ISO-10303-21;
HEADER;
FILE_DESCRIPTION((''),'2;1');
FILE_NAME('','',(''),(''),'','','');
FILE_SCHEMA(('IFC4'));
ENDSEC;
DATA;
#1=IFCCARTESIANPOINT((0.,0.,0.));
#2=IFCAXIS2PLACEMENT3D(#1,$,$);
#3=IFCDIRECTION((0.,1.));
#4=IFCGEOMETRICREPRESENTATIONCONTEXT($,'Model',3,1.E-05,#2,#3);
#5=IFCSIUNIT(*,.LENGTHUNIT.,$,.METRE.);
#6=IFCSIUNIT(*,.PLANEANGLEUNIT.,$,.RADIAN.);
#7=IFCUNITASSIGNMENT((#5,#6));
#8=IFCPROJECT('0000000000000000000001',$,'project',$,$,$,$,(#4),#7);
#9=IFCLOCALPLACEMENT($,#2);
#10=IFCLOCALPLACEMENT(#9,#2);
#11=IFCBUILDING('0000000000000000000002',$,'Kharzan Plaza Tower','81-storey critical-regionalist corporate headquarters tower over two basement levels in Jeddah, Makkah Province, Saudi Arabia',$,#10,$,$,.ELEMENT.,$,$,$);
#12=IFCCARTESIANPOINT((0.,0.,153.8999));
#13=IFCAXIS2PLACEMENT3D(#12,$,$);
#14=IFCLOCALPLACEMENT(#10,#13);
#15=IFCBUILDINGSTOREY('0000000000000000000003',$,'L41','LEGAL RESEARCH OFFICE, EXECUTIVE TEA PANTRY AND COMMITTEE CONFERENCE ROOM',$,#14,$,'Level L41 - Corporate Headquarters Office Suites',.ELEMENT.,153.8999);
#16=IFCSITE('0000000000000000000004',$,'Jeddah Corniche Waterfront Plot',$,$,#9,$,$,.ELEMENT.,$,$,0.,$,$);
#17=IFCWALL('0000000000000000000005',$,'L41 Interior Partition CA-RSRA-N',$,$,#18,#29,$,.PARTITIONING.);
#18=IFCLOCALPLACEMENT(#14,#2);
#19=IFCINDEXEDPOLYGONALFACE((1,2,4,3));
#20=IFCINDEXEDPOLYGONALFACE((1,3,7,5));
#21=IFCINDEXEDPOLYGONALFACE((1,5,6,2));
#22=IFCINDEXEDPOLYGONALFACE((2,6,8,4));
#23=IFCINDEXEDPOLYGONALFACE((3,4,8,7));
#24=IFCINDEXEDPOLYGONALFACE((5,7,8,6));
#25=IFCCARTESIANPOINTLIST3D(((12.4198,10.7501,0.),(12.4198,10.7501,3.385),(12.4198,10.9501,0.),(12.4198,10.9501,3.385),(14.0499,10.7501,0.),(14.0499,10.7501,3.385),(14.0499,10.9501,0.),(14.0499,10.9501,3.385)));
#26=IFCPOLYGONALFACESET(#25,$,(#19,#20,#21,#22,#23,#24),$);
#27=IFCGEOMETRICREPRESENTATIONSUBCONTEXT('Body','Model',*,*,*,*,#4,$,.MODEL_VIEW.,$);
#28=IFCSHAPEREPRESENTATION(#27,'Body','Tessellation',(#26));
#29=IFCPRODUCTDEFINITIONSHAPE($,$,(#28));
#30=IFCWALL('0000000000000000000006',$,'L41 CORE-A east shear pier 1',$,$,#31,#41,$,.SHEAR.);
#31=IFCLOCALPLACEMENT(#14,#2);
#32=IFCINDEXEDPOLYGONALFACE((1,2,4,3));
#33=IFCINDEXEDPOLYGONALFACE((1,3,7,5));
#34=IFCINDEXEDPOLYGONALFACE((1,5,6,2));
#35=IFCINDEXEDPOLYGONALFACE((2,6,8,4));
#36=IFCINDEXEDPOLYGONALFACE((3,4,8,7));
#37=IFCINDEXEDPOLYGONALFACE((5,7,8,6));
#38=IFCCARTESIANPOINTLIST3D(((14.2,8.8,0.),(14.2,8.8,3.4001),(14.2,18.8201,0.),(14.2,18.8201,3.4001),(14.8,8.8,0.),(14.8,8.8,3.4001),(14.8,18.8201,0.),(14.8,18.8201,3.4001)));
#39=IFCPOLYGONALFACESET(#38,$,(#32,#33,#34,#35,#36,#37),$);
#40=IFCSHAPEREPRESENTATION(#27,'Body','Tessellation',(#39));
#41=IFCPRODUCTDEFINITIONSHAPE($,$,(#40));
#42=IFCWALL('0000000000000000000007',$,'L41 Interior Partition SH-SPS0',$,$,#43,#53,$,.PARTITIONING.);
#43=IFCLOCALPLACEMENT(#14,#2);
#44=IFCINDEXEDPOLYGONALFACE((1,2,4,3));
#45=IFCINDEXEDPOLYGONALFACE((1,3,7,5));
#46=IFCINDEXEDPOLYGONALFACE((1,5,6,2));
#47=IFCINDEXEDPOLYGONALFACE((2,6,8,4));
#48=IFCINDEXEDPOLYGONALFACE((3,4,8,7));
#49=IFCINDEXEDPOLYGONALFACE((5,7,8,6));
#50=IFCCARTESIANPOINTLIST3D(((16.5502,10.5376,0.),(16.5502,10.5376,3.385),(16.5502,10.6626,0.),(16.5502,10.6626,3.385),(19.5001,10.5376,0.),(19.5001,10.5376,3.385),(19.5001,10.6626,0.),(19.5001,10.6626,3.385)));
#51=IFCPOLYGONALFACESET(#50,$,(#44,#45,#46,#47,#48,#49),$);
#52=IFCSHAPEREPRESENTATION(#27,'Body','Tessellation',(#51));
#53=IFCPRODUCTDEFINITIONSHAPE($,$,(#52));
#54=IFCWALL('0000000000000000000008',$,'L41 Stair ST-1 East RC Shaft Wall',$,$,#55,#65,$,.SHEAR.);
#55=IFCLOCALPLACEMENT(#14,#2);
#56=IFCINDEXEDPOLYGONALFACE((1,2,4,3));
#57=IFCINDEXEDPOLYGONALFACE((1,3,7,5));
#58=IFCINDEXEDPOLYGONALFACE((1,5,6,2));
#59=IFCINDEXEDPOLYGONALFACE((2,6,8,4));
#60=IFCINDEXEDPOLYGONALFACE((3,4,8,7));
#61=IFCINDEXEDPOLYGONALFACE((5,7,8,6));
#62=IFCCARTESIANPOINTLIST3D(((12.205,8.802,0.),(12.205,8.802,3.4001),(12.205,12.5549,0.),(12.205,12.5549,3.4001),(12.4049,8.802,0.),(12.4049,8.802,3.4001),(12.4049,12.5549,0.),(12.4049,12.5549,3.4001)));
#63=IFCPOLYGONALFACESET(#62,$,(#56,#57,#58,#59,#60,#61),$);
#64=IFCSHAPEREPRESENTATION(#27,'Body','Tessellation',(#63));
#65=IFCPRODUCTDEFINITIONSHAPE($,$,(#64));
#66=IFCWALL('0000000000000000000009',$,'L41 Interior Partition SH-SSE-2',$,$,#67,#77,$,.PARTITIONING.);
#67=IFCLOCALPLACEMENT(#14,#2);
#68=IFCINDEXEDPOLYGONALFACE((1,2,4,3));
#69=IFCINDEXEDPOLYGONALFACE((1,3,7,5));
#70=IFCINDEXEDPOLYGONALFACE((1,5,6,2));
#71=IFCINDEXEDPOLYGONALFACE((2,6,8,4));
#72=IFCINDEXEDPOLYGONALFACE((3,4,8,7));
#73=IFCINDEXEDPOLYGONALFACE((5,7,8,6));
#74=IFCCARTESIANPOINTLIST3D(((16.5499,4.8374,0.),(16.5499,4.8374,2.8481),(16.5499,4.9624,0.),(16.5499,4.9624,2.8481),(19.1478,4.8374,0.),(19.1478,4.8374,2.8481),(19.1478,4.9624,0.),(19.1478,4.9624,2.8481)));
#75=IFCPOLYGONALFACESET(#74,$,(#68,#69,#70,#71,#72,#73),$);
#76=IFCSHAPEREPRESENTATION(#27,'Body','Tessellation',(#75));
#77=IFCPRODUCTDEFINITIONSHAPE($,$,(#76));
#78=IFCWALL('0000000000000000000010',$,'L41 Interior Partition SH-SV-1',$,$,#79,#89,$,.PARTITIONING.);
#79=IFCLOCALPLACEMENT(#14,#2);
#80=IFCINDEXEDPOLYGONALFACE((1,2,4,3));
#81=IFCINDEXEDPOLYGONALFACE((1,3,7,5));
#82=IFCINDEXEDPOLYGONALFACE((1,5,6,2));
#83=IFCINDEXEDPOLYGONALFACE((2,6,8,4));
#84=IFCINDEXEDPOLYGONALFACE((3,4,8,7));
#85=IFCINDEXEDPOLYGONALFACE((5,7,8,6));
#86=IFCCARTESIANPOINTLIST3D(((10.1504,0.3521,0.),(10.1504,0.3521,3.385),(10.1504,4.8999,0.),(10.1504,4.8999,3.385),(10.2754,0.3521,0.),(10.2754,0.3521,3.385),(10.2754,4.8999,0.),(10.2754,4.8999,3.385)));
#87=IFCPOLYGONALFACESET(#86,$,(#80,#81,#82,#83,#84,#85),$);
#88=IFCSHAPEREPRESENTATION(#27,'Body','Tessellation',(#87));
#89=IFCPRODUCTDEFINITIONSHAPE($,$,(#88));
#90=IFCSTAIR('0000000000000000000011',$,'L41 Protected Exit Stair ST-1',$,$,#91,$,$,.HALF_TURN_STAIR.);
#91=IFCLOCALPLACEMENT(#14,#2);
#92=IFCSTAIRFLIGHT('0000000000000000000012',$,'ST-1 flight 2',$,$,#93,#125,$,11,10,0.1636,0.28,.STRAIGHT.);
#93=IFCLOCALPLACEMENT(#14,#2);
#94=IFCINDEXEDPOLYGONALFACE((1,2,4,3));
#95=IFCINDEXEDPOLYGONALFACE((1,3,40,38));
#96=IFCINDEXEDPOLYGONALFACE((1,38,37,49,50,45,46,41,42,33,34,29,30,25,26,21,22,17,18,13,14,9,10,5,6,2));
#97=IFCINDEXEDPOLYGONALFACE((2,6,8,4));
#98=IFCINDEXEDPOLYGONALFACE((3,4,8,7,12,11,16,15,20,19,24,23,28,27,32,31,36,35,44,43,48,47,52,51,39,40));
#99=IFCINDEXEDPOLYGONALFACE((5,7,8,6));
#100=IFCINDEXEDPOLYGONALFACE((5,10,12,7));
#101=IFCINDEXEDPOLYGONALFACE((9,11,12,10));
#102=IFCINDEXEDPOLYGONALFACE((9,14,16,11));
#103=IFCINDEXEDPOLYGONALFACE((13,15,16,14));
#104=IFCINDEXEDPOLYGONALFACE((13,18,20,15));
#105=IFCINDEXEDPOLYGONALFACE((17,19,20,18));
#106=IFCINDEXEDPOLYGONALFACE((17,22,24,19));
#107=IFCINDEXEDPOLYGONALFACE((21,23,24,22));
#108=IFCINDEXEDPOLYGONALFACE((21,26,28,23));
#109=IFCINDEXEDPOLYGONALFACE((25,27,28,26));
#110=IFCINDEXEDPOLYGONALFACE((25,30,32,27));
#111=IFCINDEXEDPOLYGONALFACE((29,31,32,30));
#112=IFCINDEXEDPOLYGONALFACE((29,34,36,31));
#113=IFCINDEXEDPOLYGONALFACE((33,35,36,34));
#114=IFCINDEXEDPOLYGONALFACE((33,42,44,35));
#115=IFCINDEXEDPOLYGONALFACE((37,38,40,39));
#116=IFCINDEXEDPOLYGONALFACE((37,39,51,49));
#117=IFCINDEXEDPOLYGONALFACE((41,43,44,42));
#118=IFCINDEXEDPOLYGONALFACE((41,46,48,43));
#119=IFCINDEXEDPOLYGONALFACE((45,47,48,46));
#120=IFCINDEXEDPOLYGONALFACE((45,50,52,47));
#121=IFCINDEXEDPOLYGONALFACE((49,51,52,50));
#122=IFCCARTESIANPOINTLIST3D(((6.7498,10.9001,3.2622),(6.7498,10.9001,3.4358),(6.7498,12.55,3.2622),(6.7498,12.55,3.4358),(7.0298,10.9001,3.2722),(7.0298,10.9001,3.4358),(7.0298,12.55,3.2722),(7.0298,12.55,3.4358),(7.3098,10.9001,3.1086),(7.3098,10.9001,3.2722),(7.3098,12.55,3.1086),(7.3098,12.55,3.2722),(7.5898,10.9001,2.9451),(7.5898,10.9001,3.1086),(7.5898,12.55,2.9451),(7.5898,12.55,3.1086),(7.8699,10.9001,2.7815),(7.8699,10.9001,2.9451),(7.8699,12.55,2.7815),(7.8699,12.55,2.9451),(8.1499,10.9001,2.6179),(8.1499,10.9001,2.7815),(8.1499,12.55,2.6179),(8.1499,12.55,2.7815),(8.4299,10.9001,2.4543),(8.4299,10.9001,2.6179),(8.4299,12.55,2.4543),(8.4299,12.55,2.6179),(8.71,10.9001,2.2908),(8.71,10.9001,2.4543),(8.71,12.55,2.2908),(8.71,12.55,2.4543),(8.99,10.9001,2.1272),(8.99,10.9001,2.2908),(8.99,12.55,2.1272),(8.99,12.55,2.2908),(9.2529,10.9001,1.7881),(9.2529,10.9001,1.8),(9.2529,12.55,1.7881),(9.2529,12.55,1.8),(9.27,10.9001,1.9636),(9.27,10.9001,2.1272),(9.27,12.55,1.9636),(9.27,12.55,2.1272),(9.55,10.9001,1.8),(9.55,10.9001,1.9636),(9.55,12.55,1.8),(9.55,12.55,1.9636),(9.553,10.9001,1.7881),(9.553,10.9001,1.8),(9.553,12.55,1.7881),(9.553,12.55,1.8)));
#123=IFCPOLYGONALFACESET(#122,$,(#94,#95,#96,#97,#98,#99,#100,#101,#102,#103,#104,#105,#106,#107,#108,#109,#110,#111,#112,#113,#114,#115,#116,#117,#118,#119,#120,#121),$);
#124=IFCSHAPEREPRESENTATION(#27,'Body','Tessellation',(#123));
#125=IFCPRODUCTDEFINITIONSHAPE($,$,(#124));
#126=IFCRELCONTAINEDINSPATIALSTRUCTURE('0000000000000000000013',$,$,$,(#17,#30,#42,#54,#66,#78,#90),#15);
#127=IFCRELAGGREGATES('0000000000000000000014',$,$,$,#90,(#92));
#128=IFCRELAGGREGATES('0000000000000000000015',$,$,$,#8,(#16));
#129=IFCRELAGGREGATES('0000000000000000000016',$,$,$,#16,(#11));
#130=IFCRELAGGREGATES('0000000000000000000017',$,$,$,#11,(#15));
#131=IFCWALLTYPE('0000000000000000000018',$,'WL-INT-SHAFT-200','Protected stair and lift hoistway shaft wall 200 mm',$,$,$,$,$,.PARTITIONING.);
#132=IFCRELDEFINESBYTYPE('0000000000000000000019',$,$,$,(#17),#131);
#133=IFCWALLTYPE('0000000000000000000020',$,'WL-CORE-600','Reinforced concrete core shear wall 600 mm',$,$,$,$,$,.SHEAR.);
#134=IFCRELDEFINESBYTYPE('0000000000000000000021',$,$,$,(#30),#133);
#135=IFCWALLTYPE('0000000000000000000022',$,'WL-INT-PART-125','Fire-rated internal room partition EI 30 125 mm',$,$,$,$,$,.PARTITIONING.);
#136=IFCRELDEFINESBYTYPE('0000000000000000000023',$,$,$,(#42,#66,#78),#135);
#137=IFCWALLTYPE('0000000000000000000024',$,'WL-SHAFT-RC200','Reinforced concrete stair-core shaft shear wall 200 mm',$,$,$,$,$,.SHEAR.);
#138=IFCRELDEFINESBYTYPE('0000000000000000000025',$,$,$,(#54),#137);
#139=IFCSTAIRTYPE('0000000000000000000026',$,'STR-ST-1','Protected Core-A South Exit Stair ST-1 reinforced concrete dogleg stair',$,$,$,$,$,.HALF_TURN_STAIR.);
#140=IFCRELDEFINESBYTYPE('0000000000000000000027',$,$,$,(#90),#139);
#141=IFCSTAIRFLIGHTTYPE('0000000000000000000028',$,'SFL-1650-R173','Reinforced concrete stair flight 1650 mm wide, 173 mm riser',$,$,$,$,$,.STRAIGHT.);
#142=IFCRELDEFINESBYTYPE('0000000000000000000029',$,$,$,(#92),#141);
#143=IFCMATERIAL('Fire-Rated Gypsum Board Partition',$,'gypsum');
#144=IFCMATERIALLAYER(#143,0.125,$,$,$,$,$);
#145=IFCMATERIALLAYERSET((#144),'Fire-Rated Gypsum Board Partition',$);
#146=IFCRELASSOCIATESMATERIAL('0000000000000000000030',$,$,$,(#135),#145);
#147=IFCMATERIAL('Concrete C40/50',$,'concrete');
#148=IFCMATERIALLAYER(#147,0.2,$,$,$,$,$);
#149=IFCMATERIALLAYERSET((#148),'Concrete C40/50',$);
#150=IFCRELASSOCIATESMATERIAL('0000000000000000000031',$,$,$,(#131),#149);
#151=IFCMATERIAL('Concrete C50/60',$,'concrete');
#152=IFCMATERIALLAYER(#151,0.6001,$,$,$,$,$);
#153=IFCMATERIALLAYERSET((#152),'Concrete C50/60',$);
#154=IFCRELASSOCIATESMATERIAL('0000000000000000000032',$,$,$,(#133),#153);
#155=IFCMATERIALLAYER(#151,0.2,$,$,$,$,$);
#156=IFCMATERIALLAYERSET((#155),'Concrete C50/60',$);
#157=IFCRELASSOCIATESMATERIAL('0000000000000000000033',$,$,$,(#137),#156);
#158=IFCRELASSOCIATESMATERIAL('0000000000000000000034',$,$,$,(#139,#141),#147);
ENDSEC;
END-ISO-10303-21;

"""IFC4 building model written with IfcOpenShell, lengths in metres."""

from ifc_helpers import new_model, si_unit, direction, frame, frame_2d, origin, place, context, subcontext, project, spatial, polyline, rectangle, outline, extrude, source, transform, mapped, material, layer, layer_set, type_object, element, aggregate, save


model = new_model("IFC4")

# Units and contexts
model_context = context("Model", 3, precision=1e-05, world=origin(), true_north=direction((0.0, 1.0)))
body_context = subcontext(model_context, "Body", "Model", "MODEL_VIEW")
ifc_project = project(units=[si_unit("LENGTHUNIT", "METRE"), si_unit("PLANEANGLEUNIT", "RADIAN")], contexts=[model_context])

# Site, building, storey
site_placement = place(None, origin())
site = spatial("IfcSite", under=ifc_project, at=site_placement, Name="Jeddah Corniche Waterfront Plot", CompositionType="ELEMENT", RefElevation=0.0)
building_placement = place(site_placement, origin())
building = spatial("IfcBuilding", under=site, at=building_placement, Name="Kharzan Plaza Tower", Description="81-storey critical-regionalist corporate headquarters tower over two basement levels in Jeddah, Makkah Province, Saudi Arabia", CompositionType="ELEMENT")
storey_placement = place(building_placement, frame((0.0, 0.0, 153.8999)))
storey = spatial("IfcBuildingStorey", under=building, at=storey_placement, Name="L41", Description="LEGAL RESEARCH OFFICE, EXECUTIVE TEA PANTRY AND COMMITTEE CONFERENCE ROOM", LongName="Level L41 - Corporate Headquarters Office Suites", CompositionType="ELEMENT", Elevation=153.8999)

# Shared definitions
ifc_material_1 = material(Name="Concrete C50/60", Category="concrete")

# Shared definitions
ifc_material_2 = material(Name="Concrete C40/50", Category="concrete")

# Shared definitions
ifc_material_3 = material(Name="Fire-Rated Gypsum Board Partition", Category="gypsum")
ifc_layer_1 = layer(ifc_material_3, 0.125)
ifc_layer_set_1 = layer_set([ifc_layer_1], Name="Fire-Rated Gypsum Board Partition")
wall_type_1 = type_object("IfcWallType", Name="WL-INT-PART-125", Description="Fire-rated internal room partition EI 30 125 mm", PredefinedType="PARTITIONING", material=ifc_layer_set_1)

# Walls
ifc_layer_2 = layer(ifc_material_2, 0.2)
ifc_layer_set_2 = layer_set([ifc_layer_2], Name="Concrete C40/50")
wall_type_2 = type_object("IfcWallType", Name="WL-INT-SHAFT-200", Description="Protected stair and lift hoistway shaft wall 200 mm", PredefinedType="PARTITIONING", material=ifc_layer_set_2)
shared_shape_1 = source(origin(), body_context, "Body", "SweptSolid", [
    extrude(rectangle(XDim=1.6301, YDim=0.2, at=frame_2d((0.8149, 0.0))), origin(), (0.0, 0.0, 1.0), 3.385),
])
wall_1_placement = place(storey_placement, frame((12.4199, 10.8501, 0.0), z_axis=(0.0, 0.0, 1.0), x_axis=(1.0, 0.0, 0.0)))
element("IfcWall", 1, at=wall_1_placement, inside=storey, type_object=wall_type_2, Name="L41 Interior Partition CA-RSRA-N", PredefinedType="PARTITIONING", context=body_context, shape_type="MappedRepresentation", body=[
    mapped(shared_shape_1, transform((0.0, 0.0, 0.0), x_axis=(1.0, 0.0, 0.0), y_axis=(0.0, 1.0, 0.0), z_axis=(0.0, 0.0, 1.0))),
])
ifc_layer_3 = layer(ifc_material_1, 0.6001)
ifc_layer_set_3 = layer_set([ifc_layer_3], Name="Concrete C50/60")
wall_type_3 = type_object("IfcWallType", Name="WL-CORE-600", Description="Reinforced concrete core shear wall 600 mm", PredefinedType="SHEAR", material=ifc_layer_set_3)
shared_shape_2 = source(origin(), body_context, "Body", "SweptSolid", [
    extrude(rectangle(XDim=10.02, YDim=0.6001, at=frame_2d((5.01, 0.0))), origin(), (0.0, 0.0, 1.0), 3.4001),
])
wall_2_placement = place(storey_placement, frame((14.5, 8.8, 0.0), z_axis=(0.0, 0.0, 1.0), x_axis=(0.0, 1.0, 0.0)))
element("IfcWall", 2, at=wall_2_placement, inside=storey, type_object=wall_type_3, Name="L41 CORE-A east shear pier 1", PredefinedType="SHEAR", context=body_context, shape_type="MappedRepresentation", body=[
    mapped(shared_shape_2, transform((0.0, 0.0, 0.0), x_axis=(1.0, 0.0, 0.0), y_axis=(0.0, 1.0, 0.0), z_axis=(0.0, 0.0, 1.0))),
])
shared_shape_3 = source(origin(), body_context, "Body", "SweptSolid", [
    extrude(rectangle(XDim=2.95, YDim=0.125, at=frame_2d((1.4751, 0.0))), origin(), (0.0, 0.0, 1.0), 3.385),
])
wall_3_placement = place(storey_placement, frame((16.55, 10.6001, 0.0), z_axis=(0.0, 0.0, 1.0), x_axis=(1.0, 0.0, 0.0)))
element("IfcWall", 3, at=wall_3_placement, inside=storey, type_object=wall_type_1, Name="L41 Interior Partition SH-SPS0", PredefinedType="PARTITIONING", context=body_context, shape_type="MappedRepresentation", body=[
    mapped(shared_shape_3, transform((0.0, 0.0, 0.0), x_axis=(1.0, 0.0, 0.0), y_axis=(0.0, 1.0, 0.0), z_axis=(0.0, 0.0, 1.0))),
])
ifc_layer_4 = layer(ifc_material_1, 0.2)
ifc_layer_set_4 = layer_set([ifc_layer_4], Name="Concrete C50/60")
wall_type_4 = type_object("IfcWallType", Name="WL-SHAFT-RC200", Description="Reinforced concrete stair-core shaft shear wall 200 mm", PredefinedType="SHEAR", material=ifc_layer_set_4)
shared_shape_4 = source(origin(), body_context, "Body", "SweptSolid", [
    extrude(rectangle(XDim=3.7529, YDim=0.2, at=frame_2d((1.8765, 0.0))), origin(), (0.0, 0.0, 1.0), 3.4001),
])
wall_4_placement = place(storey_placement, frame((12.3049, 8.802, 0.0), z_axis=(0.0, 0.0, 1.0), x_axis=(0.0, 1.0, 0.0)))
element("IfcWall", 4, at=wall_4_placement, inside=storey, type_object=wall_type_4, Name="L41 Stair ST-1 East RC Shaft Wall", PredefinedType="SHEAR", context=body_context, shape_type="MappedRepresentation", body=[
    mapped(shared_shape_4, transform((0.0, 0.0, 0.0), x_axis=(1.0, 0.0, 0.0), y_axis=(0.0, 1.0, 0.0), z_axis=(0.0, 0.0, 1.0))),
])
shared_shape_5 = source(origin(), body_context, "Body", "SweptSolid", [
    extrude(rectangle(XDim=2.5979, YDim=0.125, at=frame_2d((1.2988, 0.0))), origin(), (0.0, 0.0, 1.0), 2.8481),
])
wall_5_placement = place(storey_placement, frame((16.55, 4.8999, 0.0), z_axis=(0.0, 0.0, 1.0), x_axis=(1.0, 0.0, 0.0)))
element("IfcWall", 5, at=wall_5_placement, inside=storey, type_object=wall_type_1, Name="L41 Interior Partition SH-SSE-2", PredefinedType="PARTITIONING", context=body_context, shape_type="MappedRepresentation", body=[
    mapped(shared_shape_5, transform((0.0, 0.0, 0.0), x_axis=(1.0, 0.0, 0.0), y_axis=(0.0, 1.0, 0.0), z_axis=(0.0, 0.0, 1.0))),
])
shared_shape_6 = source(origin(), body_context, "Body", "SweptSolid", [
    extrude(rectangle(XDim=4.5479, YDim=0.125, at=frame_2d((2.2739, 0.0))), origin(), (0.0, 0.0, 1.0), 3.385),
])
wall_6_placement = place(storey_placement, frame((10.2129, 0.3521, 0.0), z_axis=(0.0, 0.0, 1.0), x_axis=(0.0, 1.0, 0.0)))
element("IfcWall", 6, at=wall_6_placement, inside=storey, type_object=wall_type_1, Name="L41 Interior Partition SH-SV-1", PredefinedType="PARTITIONING", context=body_context, shape_type="MappedRepresentation", body=[
    mapped(shared_shape_6, transform((0.0, 0.0, 0.0), x_axis=(1.0, 0.0, 0.0), y_axis=(0.0, 1.0, 0.0), z_axis=(0.0, 0.0, 1.0))),
])

# Stair, stair flight
stair_type = type_object("IfcStairType", Name="STR-ST-1", Description="Protected Core-A South Exit Stair ST-1 reinforced concrete dogleg stair", PredefinedType="HALF_TURN_STAIR", material=ifc_material_2)
stair_placement = place(storey_placement, origin())
stair = element("IfcStair", 7, at=stair_placement, inside=storey, type_object=stair_type, Name="L41 Protected Exit Stair ST-1", PredefinedType="HALF_TURN_STAIR")
stair_flight_type = type_object("IfcStairFlightType", Name="SFL-1650-R173", Description="Reinforced concrete stair flight 1650 mm wide, 173 mm riser", PredefinedType="STRAIGHT", material=ifc_material_2)
shared_shape_7 = source(origin(), body_context, "Body", "SweptSolid", [
    extrude(outline(polyline([(-0.0029, -0.012), (-0.0029, 0.0), (0.0, 0.0), (0.0, 0.1636), (0.28, 0.1636), (0.28, 0.3271), (0.5601, 0.3271), (0.5601, 0.4907), (0.8401, 0.4907), (0.8401, 0.6543), (1.1201, 0.6543), (1.1201, 0.8179), (1.4001, 0.8179), (1.4001, 0.9814), (1.6802, 0.9814), (1.6802, 1.145), (1.9602, 1.145), (1.9602, 1.3086), (2.2402, 1.3086), (2.2402, 1.4722), (2.5203, 1.4722), (2.5203, 1.6357), (2.8003, 1.6357), (2.8003, 1.7993), (2.8003, 1.4622), (0.2971, 0.0), (0.2971, -0.012), (-0.0029, -0.012)])), frame((0.0, 0.825, 0.0), z_axis=(0.0, -1.0, 0.0), x_axis=(1.0, 0.0, 0.0)), (0.0, 0.0, 1.0), 1.6499),
])
stair_flight_placement = place(storey_placement, frame((9.55, 11.7251, 1.8), z_axis=(0.0, 0.0, 1.0), x_axis=(-1.0, 0.0, 0.0)))
stair_flight = element("IfcStairFlight", 8, at=stair_flight_placement, type_object=stair_flight_type, Name="ST-1 flight 2", NumberOfRisers=11, NumberOfTreads=10, PredefinedType="STRAIGHT", RiserHeight=0.1636, TreadLength=0.28, context=body_context, shape_type="MappedRepresentation", body=[
    mapped(shared_shape_7, transform((0.0, 0.0, 0.0), x_axis=(1.0, 0.0, 0.0), y_axis=(0.0, 1.0, 0.0), z_axis=(0.0, 0.0, 1.0))),
])
aggregate(stair, [stair_flight])

save(model, "model.ifc")
